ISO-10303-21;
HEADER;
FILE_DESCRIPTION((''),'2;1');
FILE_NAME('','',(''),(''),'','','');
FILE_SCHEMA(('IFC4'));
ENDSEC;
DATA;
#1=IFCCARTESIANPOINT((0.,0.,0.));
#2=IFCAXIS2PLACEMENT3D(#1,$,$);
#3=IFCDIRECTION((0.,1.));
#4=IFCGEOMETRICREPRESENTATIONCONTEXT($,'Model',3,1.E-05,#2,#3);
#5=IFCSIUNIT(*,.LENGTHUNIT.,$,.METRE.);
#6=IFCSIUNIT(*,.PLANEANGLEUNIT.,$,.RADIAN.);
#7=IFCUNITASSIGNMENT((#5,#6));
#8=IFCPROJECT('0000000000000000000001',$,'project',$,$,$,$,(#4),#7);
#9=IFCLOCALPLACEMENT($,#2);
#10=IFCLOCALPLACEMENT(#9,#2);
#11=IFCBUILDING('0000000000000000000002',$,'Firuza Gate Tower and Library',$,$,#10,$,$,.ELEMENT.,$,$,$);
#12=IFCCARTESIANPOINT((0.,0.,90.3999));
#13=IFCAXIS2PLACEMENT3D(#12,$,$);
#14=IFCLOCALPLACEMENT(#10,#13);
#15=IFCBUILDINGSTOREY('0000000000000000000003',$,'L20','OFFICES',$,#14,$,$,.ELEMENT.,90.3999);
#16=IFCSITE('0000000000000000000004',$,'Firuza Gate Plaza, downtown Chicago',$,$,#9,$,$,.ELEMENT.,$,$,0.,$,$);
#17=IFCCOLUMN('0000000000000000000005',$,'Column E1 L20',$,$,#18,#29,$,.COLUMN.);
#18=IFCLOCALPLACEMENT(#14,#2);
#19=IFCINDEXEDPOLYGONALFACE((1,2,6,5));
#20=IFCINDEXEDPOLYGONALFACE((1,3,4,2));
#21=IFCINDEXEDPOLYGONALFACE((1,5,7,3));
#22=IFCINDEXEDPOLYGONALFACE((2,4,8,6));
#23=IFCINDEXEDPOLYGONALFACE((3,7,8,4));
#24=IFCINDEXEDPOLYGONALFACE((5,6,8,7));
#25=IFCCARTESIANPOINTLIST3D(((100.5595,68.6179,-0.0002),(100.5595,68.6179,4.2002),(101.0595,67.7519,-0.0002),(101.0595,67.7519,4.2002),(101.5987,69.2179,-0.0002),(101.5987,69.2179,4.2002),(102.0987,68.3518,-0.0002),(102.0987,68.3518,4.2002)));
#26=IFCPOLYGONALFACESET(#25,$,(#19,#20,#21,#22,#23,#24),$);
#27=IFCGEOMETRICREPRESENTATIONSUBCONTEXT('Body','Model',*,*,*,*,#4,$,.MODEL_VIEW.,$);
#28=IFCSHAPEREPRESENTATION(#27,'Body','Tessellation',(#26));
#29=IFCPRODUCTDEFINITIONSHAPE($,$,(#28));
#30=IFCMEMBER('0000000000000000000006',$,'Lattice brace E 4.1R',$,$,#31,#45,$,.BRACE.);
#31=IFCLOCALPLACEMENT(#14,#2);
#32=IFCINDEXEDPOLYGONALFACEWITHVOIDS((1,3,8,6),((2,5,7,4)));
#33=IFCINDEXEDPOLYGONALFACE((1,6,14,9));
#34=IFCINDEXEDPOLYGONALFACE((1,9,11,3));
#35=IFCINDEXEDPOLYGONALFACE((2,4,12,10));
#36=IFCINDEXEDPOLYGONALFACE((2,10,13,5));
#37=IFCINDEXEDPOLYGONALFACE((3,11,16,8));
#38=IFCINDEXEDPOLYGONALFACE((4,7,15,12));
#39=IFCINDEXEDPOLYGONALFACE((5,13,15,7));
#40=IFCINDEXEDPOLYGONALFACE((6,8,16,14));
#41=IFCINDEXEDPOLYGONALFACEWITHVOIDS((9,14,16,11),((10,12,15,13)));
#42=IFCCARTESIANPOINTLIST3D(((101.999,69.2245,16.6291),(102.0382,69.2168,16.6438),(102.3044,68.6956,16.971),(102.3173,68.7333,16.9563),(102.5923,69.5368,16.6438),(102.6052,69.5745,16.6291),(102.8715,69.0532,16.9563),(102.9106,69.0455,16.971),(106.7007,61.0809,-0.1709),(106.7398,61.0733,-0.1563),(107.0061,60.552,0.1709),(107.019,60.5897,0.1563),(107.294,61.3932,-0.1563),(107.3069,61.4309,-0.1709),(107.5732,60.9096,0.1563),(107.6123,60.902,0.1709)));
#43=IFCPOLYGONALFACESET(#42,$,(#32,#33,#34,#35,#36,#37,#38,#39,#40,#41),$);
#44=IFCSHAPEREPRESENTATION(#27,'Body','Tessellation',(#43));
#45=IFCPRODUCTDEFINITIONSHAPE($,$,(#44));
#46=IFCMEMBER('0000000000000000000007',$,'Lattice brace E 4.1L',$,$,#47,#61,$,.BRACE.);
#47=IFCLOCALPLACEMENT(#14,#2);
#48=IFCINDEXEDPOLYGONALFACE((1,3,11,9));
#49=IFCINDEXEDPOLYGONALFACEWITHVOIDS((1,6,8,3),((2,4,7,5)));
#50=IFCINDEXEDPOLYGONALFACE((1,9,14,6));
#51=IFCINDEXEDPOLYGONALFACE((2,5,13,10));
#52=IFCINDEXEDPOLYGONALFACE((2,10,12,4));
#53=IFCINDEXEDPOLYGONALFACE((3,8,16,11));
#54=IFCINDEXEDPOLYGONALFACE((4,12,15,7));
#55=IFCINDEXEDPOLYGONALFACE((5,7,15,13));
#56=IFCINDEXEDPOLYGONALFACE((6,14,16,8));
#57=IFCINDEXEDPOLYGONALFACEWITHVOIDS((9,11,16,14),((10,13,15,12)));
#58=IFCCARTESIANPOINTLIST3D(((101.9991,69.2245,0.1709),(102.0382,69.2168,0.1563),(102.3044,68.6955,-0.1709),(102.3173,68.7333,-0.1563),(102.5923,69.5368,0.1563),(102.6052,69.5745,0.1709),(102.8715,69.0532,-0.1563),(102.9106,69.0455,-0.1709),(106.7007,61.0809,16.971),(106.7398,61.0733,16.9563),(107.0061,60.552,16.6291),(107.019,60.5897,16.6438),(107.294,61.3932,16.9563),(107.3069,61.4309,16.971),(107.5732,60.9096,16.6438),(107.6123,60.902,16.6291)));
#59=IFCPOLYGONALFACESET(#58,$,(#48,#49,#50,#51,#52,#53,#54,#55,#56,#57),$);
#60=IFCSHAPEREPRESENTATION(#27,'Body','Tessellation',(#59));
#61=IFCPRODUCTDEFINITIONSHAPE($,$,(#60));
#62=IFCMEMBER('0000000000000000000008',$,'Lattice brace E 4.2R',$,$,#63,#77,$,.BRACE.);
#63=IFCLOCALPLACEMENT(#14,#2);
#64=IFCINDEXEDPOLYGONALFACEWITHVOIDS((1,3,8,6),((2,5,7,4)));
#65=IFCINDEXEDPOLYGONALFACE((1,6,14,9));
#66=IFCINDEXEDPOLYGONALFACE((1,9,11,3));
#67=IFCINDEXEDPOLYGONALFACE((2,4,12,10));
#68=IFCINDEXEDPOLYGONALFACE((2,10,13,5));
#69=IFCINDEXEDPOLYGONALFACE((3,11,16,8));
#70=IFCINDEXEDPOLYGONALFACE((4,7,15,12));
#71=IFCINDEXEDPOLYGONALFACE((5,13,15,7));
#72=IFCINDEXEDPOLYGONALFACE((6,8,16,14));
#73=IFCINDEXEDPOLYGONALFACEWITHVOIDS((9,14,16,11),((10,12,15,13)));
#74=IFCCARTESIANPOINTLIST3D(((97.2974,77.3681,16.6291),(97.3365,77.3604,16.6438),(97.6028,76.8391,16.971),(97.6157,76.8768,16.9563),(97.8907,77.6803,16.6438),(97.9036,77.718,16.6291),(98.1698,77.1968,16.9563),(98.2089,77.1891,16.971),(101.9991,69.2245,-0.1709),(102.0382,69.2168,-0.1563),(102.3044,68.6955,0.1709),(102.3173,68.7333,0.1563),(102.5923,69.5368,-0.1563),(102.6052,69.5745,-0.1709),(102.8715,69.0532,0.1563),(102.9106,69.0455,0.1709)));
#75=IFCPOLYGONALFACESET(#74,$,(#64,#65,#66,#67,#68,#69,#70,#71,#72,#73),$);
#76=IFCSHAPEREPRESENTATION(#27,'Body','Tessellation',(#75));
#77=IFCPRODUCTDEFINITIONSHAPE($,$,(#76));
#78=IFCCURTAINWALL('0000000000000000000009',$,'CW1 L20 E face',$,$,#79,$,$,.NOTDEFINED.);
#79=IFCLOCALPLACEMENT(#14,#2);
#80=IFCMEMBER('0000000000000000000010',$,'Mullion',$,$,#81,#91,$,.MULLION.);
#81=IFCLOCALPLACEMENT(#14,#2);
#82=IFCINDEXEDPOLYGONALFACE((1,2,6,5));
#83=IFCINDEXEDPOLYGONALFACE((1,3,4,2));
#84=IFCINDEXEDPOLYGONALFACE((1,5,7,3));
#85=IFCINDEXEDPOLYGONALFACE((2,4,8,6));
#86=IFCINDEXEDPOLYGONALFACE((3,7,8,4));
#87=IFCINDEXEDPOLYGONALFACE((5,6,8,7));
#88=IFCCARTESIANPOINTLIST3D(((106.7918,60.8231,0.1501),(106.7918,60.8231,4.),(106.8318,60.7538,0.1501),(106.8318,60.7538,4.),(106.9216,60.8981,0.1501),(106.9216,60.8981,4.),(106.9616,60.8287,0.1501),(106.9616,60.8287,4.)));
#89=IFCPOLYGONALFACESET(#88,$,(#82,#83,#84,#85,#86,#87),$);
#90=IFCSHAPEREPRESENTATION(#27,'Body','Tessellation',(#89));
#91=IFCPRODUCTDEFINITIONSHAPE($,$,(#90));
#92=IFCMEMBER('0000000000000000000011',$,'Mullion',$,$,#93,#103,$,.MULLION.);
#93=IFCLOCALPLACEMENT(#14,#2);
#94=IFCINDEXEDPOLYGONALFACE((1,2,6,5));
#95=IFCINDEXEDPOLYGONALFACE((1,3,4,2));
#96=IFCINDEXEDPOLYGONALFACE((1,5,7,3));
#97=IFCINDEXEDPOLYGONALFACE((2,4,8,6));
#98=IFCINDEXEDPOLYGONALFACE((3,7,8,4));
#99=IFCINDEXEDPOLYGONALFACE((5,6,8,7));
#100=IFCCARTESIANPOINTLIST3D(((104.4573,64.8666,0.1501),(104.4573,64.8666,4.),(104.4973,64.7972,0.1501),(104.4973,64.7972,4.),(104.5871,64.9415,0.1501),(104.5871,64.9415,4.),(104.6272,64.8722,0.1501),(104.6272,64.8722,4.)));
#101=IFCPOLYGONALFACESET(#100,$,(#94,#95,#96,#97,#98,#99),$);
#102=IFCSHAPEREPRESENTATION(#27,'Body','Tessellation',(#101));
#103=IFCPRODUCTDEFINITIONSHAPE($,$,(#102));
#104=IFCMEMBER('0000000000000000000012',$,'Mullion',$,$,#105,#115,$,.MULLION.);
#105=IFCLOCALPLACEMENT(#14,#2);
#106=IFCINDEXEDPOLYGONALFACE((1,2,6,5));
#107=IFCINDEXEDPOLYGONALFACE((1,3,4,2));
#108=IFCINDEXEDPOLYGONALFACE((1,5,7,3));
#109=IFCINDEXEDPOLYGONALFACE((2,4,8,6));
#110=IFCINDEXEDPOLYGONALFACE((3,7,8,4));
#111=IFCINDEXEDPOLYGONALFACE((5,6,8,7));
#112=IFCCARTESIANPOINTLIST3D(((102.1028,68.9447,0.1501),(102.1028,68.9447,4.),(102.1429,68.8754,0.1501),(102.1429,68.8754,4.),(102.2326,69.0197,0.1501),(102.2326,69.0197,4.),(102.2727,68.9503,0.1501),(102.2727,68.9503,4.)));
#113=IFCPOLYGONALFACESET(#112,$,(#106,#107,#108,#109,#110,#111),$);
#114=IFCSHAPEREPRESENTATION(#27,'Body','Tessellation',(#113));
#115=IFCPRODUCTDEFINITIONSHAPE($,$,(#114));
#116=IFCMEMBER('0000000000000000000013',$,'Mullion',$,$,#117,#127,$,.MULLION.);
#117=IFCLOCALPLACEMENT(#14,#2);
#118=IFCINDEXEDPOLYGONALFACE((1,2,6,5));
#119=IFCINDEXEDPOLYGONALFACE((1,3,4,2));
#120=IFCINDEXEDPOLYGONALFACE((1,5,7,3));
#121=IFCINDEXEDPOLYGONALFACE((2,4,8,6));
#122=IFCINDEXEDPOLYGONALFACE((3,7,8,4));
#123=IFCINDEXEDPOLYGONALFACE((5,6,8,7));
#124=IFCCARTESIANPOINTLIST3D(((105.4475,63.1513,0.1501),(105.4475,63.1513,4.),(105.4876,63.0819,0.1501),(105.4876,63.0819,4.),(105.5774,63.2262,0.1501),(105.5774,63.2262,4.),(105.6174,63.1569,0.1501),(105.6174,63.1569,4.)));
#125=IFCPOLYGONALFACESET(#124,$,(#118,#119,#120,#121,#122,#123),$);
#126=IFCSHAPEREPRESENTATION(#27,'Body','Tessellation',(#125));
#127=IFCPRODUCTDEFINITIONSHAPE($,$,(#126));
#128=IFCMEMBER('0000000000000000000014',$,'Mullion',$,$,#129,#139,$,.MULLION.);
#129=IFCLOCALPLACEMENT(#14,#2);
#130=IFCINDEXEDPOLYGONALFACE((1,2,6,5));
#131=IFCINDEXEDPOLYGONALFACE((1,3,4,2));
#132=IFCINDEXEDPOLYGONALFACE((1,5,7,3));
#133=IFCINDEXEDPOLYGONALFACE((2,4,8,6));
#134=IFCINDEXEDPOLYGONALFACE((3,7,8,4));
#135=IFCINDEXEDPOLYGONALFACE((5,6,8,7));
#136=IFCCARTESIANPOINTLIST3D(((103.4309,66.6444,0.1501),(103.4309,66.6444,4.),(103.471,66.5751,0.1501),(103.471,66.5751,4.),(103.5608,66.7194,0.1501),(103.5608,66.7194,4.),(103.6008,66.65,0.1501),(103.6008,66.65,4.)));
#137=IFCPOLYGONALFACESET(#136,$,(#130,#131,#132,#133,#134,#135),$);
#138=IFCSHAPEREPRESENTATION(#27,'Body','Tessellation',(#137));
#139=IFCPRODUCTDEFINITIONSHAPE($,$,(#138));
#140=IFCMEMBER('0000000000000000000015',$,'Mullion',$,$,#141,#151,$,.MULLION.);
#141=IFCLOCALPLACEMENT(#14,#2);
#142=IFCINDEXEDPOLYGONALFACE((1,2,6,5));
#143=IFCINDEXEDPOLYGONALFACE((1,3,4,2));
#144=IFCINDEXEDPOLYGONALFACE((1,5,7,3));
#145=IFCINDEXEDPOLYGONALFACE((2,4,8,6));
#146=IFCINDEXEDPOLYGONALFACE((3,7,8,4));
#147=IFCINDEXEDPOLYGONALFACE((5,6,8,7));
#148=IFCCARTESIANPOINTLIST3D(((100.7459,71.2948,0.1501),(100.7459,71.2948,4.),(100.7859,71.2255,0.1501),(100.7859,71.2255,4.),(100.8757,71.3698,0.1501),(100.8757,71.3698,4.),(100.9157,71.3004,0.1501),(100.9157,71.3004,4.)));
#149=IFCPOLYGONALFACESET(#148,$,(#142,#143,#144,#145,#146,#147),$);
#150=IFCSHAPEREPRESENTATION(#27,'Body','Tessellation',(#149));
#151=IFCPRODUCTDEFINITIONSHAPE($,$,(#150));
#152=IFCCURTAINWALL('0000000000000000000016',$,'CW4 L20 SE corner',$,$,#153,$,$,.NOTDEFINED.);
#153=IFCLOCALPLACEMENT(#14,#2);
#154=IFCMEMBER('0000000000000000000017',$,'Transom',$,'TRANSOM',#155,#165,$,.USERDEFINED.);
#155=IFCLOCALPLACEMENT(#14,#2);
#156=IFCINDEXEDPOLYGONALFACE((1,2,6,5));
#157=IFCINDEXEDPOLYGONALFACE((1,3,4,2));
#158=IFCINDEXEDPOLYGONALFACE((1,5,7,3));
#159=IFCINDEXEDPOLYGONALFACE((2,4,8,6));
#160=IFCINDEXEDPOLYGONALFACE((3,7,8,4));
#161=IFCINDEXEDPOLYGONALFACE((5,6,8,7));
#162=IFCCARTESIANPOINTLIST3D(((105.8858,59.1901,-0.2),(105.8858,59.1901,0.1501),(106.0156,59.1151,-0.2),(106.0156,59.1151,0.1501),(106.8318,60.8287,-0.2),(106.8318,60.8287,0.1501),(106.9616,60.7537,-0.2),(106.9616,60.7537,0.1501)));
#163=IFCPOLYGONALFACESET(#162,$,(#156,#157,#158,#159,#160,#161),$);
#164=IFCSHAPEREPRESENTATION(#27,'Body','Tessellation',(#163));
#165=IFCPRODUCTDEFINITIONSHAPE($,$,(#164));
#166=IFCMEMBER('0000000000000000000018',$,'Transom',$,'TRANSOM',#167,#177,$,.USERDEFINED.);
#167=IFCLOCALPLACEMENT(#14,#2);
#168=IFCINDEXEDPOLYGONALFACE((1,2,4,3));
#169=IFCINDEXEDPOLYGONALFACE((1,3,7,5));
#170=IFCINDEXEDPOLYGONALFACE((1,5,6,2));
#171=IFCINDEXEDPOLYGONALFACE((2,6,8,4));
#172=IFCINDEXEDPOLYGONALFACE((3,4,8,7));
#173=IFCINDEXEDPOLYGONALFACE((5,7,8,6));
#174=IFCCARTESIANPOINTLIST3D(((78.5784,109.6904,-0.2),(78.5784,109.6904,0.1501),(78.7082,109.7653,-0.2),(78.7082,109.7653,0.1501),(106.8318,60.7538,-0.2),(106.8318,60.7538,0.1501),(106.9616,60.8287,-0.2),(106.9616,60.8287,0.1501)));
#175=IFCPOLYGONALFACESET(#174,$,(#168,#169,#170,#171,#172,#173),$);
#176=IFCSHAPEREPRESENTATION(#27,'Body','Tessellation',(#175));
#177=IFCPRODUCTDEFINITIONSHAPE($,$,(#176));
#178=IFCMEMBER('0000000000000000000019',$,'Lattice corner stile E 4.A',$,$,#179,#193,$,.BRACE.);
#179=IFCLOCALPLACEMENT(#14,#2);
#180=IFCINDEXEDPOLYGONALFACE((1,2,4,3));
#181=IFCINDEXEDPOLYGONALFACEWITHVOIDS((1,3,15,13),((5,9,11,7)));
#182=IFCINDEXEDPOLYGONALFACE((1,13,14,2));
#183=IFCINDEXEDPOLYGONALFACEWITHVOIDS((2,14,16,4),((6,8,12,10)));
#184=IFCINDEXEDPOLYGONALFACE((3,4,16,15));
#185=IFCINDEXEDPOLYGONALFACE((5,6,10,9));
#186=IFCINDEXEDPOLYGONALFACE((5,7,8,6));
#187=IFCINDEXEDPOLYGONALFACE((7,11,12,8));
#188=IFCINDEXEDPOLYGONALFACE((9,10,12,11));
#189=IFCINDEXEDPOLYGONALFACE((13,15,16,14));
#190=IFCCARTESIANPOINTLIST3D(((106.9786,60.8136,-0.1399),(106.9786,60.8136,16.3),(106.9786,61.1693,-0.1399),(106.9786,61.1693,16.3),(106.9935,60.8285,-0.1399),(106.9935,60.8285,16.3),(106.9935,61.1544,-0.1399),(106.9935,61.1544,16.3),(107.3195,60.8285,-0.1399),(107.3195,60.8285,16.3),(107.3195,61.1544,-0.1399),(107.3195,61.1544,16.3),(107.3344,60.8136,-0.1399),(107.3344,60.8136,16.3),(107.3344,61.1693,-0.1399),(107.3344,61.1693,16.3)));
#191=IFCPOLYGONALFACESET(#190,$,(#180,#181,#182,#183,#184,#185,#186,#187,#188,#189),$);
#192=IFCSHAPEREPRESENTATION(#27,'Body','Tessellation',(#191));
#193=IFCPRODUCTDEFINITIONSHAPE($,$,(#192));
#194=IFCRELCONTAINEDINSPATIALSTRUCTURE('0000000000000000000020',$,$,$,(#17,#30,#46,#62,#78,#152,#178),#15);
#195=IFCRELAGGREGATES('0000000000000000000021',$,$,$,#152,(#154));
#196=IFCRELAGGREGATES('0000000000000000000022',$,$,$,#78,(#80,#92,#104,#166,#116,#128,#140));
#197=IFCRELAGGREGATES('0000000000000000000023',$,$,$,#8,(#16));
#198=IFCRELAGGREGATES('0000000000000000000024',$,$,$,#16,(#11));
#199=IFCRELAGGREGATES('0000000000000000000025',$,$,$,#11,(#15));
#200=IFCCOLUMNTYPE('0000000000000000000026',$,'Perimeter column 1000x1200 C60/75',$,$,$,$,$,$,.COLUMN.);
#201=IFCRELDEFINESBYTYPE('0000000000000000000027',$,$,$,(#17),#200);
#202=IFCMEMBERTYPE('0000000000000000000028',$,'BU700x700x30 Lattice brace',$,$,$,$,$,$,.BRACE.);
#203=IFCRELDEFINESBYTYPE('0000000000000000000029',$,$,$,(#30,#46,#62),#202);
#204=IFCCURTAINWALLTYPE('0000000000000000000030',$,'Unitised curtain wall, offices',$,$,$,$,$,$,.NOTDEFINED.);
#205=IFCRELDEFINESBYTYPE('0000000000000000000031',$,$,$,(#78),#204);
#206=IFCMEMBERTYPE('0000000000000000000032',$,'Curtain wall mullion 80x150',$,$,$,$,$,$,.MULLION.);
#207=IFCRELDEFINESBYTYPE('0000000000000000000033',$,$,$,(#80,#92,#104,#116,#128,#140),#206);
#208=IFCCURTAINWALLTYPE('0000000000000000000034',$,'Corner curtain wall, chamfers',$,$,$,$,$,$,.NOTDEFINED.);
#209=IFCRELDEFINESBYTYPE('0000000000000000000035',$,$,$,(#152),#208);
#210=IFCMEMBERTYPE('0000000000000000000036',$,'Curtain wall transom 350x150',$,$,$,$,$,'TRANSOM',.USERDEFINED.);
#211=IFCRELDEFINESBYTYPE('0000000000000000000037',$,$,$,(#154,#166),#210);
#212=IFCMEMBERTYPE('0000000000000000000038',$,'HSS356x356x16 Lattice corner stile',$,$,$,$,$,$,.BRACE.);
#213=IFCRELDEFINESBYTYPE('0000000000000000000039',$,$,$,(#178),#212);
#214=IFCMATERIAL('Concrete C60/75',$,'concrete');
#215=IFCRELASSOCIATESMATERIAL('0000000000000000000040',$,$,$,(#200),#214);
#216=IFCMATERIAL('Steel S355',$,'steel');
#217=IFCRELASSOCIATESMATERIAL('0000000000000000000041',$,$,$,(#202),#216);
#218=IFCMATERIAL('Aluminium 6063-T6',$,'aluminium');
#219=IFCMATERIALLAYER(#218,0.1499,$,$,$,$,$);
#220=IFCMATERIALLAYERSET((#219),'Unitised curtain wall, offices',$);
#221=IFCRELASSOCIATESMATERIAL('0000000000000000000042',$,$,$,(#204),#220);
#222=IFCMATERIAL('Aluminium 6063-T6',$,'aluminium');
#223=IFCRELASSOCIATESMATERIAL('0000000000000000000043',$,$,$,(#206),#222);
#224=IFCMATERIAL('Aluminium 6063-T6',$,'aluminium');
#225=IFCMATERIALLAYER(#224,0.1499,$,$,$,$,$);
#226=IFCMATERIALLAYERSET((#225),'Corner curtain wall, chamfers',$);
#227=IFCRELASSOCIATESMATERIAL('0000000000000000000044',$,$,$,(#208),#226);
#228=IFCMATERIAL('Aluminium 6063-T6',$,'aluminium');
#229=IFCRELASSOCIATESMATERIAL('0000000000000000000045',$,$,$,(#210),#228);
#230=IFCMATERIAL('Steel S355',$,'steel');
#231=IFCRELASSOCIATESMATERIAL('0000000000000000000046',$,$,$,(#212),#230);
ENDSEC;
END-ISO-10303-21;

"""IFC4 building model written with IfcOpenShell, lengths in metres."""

from ifc_helpers import new_model, si_unit, direction, frame, origin, origin_2d, place, context, subcontext, project, spatial, rectangle, hollow_rectangle, extrude, material, layer, layer_set, material_profile, profile_set, type_object, element, aggregate, save


model = new_model("IFC4")

# Units and contexts
model_context = context("Model", 3, precision=1e-05, world=origin(), true_north=direction((0.0, 1.0)))
body_context = subcontext(model_context, "Body", "Model", "MODEL_VIEW")
ifc_project = project(units=[si_unit("LENGTHUNIT", "METRE"), si_unit("PLANEANGLEUNIT", "RADIAN")], contexts=[model_context])

# Site, building, storey
site_placement = place(None, origin())
site = spatial("IfcSite", under=ifc_project, at=site_placement, Name="Firuza Gate Plaza, downtown Chicago", CompositionType="ELEMENT", RefElevation=0.0)
building_placement = place(site_placement, origin())
building = spatial("IfcBuilding", under=site, at=building_placement, Name="Firuza Gate Tower and Library", CompositionType="ELEMENT")
storey_placement = place(building_placement, frame((0.0, 0.0, 90.3999)))
storey = spatial("IfcBuildingStorey", under=building, at=storey_placement, Name="L20", Description="OFFICES", CompositionType="ELEMENT", Elevation=90.3999)

# Column
ifc_material_1 = material(Name="Concrete C60/75", Category="concrete")
ifc_material_profile_1 = material_profile(ifc_material_1, rectangle(XDim=1.0, YDim=1.2, at=origin_2d()))
ifc_profile_set_1 = profile_set([ifc_material_profile_1], Name="Concrete C60/75")
column_type = type_object("IfcColumnType", Name="Perimeter column 1000x1200 C60/75", PredefinedType="COLUMN", material=ifc_profile_set_1)
column_placement = place(storey_placement, frame((101.3291, 68.4849, -0.0002), z_axis=(0.0, 0.0, 1.0), x_axis=(-0.5, 0.866025, 0.0)))
element("IfcColumn", 1, at=column_placement, inside=storey, type_object=column_type, Name="Column E1 L20", PredefinedType="COLUMN", context=body_context, shape_type="SweptSolid", body=[
    extrude(rectangle(XDim=1.0, YDim=1.2, at=origin_2d()), origin(), (0.0, 0.0, 1.0), 4.2004),
])

# Members
ifc_material_2 = material(Name="Steel S355", Category="steel")
ifc_material_profile_2 = material_profile(ifc_material_2, hollow_rectangle(XDim=0.7, YDim=0.7, WallThickness=0.03, at=origin_2d()))
ifc_profile_set_2 = profile_set([ifc_material_profile_2], Name="Steel S355")
member_type_1 = type_object("IfcMemberType", Name="BU700x700x30 Lattice brace", PredefinedType="BRACE", material=ifc_profile_set_2)
for number, where, z_axis, x_axis, name in (
    (2, (107.1565, 60.9915, 0.0), (-0.244208, 0.422983, 0.872609), (-0.866026, -0.499998, 0.0), "Lattice brace E 4.1R"),
    (3, (102.4548, 69.135, 0.0), (0.244208, -0.422983, 0.872609), (0.866026, 0.499998, 0.0), "Lattice brace E 4.1L"),
    (4, (102.4548, 69.135, 0.0), (-0.244208, 0.422983, 0.872609), (-0.866026, -0.499998, 0.0), "Lattice brace E 4.2R"),
):
    element("IfcMember", number, at=place(storey_placement, frame(where, z_axis=z_axis, x_axis=x_axis)), inside=storey, type_object=member_type_1, Name=name, PredefinedType="BRACE", context=body_context, shape_type="SweptSolid", body=[
        extrude(hollow_rectangle(XDim=0.7, YDim=0.7, WallThickness=0.03, at=origin_2d()), origin(), (0.0, 0.0, 1.0), 19.2527),
    ])

# Curtain wall, members
ifc_material_3 = material(Name="Aluminium 6063-T6", Category="aluminium")
ifc_layer_1 = layer(ifc_material_3, 0.1499)
ifc_layer_set_1 = layer_set([ifc_layer_1], Name="Unitised curtain wall, offices")
curtain_wall_type_1 = type_object("IfcCurtainWallType", Name="Unitised curtain wall, offices", PredefinedType="NOTDEFINED", material=ifc_layer_set_1)
placement = place(storey_placement, origin())
curtain_wall_1 = element("IfcCurtainWall", 5, at=placement, inside=storey, type_object=curtain_wall_type_1, Name="CW1 L20 E face", PredefinedType="NOTDEFINED")
ifc_material_4 = material(Name="Aluminium 6063-T6", Category="aluminium")
ifc_material_profile_3 = material_profile(ifc_material_4, rectangle(XDim=0.1499, YDim=0.0801, at=origin_2d()))
ifc_profile_set_3 = profile_set([ifc_material_profile_3], Name="Aluminium 6063-T6")
member_type_2 = type_object("IfcMemberType", Name="Curtain wall mullion 80x150", PredefinedType="MULLION", material=ifc_profile_set_3)
member_1_placement = place(storey_placement, frame((106.8767, 60.8259, 0.1501), z_axis=(0.0, 0.0, 1.0), x_axis=(-0.866025, -0.5, 0.0)))
member_1 = element("IfcMember", 6, at=member_1_placement, type_object=member_type_2, Name="Mullion", PredefinedType="MULLION", context=body_context, shape_type="SweptSolid", body=[
    extrude(rectangle(XDim=0.1499, YDim=0.0801, at=origin_2d()), origin(), (0.0, 0.0, 1.0), 3.8499),
])
member_2_placement = place(storey_placement, frame((104.5422, 64.8694, 0.1501), z_axis=(0.0, 0.0, 1.0), x_axis=(-0.866025, -0.5, 0.0)))
member_2 = element("IfcMember", 7, at=member_2_placement, type_object=member_type_2, Name="Mullion", PredefinedType="MULLION", context=body_context, shape_type="SweptSolid", body=[
    extrude(rectangle(XDim=0.1499, YDim=0.0801, at=origin_2d()), origin(), (0.0, 0.0, 1.0), 3.8499),
])
member_3_placement = place(storey_placement, frame((102.1877, 68.9475, 0.1501), z_axis=(0.0, 0.0, 1.0), x_axis=(-0.866025, -0.5, 0.0)))
member_3 = element("IfcMember", 8, at=member_3_placement, type_object=member_type_2, Name="Mullion", PredefinedType="MULLION", context=body_context, shape_type="SweptSolid", body=[
    extrude(rectangle(XDim=0.1499, YDim=0.0801, at=origin_2d()), origin(), (0.0, 0.0, 1.0), 3.8499),
])
member_4_placement = place(storey_placement, frame((105.5325, 63.1541, 0.1501), z_axis=(0.0, 0.0, 1.0), x_axis=(-0.866025, -0.5, 0.0)))
member_4 = element("IfcMember", 9, at=member_4_placement, type_object=member_type_2, Name="Mullion", PredefinedType="MULLION", context=body_context, shape_type="SweptSolid", body=[
    extrude(rectangle(XDim=0.1499, YDim=0.0801, at=origin_2d()), origin(), (0.0, 0.0, 1.0), 3.8499),
])
member_5_placement = place(storey_placement, frame((103.5159, 66.6472, 0.1501), z_axis=(0.0, 0.0, 1.0), x_axis=(-0.866025, -0.5, 0.0)))
member_5 = element("IfcMember", 10, at=member_5_placement, type_object=member_type_2, Name="Mullion", PredefinedType="MULLION", context=body_context, shape_type="SweptSolid", body=[
    extrude(rectangle(XDim=0.1499, YDim=0.0801, at=origin_2d()), origin(), (0.0, 0.0, 1.0), 3.8499),
])
member_6_placement = place(storey_placement, frame((100.8308, 71.2976, 0.1501), z_axis=(0.0, 0.0, 1.0), x_axis=(-0.866025, -0.5, 0.0)))
member_6 = element("IfcMember", 11, at=member_6_placement, type_object=member_type_2, Name="Mullion", PredefinedType="MULLION", context=body_context, shape_type="SweptSolid", body=[
    extrude(rectangle(XDim=0.1499, YDim=0.0801, at=origin_2d()), origin(), (0.0, 0.0, 1.0), 3.8499),
])

# Curtain wall, member
ifc_material_5 = material(Name="Aluminium 6063-T6", Category="aluminium")
ifc_layer_2 = layer(ifc_material_5, 0.1499)
ifc_layer_set_2 = layer_set([ifc_layer_2], Name="Corner curtain wall, chamfers")
curtain_wall_type_2 = type_object("IfcCurtainWallType", Name="Corner curtain wall, chamfers", PredefinedType="NOTDEFINED", material=ifc_layer_set_2)
curtain_wall_2 = element("IfcCurtainWall", 12, at=placement, inside=storey, type_object=curtain_wall_type_2, Name="CW4 L20 SE corner", PredefinedType="NOTDEFINED")
ifc_material_6 = material(Name="Aluminium 6063-T6", Category="aluminium")
ifc_material_profile_4 = material_profile(ifc_material_6, rectangle(XDim=0.1499, YDim=0.3501, at=origin_2d()))
ifc_profile_set_4 = profile_set([ifc_material_profile_4], Name="Aluminium 6063-T6")
member_type_3 = type_object("IfcMemberType", Name="Curtain wall transom 350x150", ElementType="TRANSOM", PredefinedType="USERDEFINED", material=ifc_profile_set_4)
member_7_placement = place(storey_placement, frame((105.9507, 59.1526, -0.0249), z_axis=(0.499983, 0.866035, 0.0), x_axis=(-0.866035, 0.499983, 0.0)))
member_7 = element("IfcMember", 13, at=member_7_placement, type_object=member_type_3, Name="Transom", ObjectType="TRANSOM", PredefinedType="USERDEFINED", context=body_context, shape_type="SweptSolid", body=[
    extrude(rectangle(XDim=0.1499, YDim=0.3501, at=origin_2d()), origin(), (0.0, 0.0, 1.0), 1.8921),
])
aggregate(curtain_wall_2, [member_7])

# Member
member_8_placement = place(storey_placement, frame((106.8967, 60.7913, -0.0249), z_axis=(-0.499999, 0.866026, 0.0), x_axis=(-0.866026, -0.499999, 0.0)))
member_8 = element("IfcMember", 14, at=member_8_placement, type_object=member_type_3, Name="Transom", ObjectType="TRANSOM", PredefinedType="USERDEFINED", context=body_context, shape_type="SweptSolid", body=[
    extrude(rectangle(XDim=0.1499, YDim=0.3501, at=origin_2d()), origin(), (0.0, 0.0, 1.0), 56.5071),
])

# Member
ifc_material_7 = material(Name="Steel S355", Category="steel")
ifc_material_profile_5 = material_profile(ifc_material_7, hollow_rectangle(XDim=0.3557, YDim=0.3557, WallThickness=0.0149, at=origin_2d()))
ifc_profile_set_5 = profile_set([ifc_material_profile_5], Name="Steel S355")
member_type_4 = type_object("IfcMemberType", Name="HSS356x356x16 Lattice corner stile", PredefinedType="BRACE", material=ifc_profile_set_5)
member_9_placement = place(storey_placement, frame((107.1565, 60.9915, -0.1399), z_axis=(0.0, 0.0, 1.0), x_axis=(1.0, 0.0, 0.0)))
element("IfcMember", 15, at=member_9_placement, inside=storey, type_object=member_type_4, Name="Lattice corner stile E 4.A", PredefinedType="BRACE", context=body_context, shape_type="SweptSolid", body=[
    extrude(hollow_rectangle(XDim=0.3557, YDim=0.3557, WallThickness=0.0149, at=origin_2d()), origin(), (0.0, 0.0, 1.0), 16.4399),
])

aggregate(curtain_wall_1, [member_1, member_2, member_3, member_8, member_4, member_5, member_6])

save(model, "model.ifc")
